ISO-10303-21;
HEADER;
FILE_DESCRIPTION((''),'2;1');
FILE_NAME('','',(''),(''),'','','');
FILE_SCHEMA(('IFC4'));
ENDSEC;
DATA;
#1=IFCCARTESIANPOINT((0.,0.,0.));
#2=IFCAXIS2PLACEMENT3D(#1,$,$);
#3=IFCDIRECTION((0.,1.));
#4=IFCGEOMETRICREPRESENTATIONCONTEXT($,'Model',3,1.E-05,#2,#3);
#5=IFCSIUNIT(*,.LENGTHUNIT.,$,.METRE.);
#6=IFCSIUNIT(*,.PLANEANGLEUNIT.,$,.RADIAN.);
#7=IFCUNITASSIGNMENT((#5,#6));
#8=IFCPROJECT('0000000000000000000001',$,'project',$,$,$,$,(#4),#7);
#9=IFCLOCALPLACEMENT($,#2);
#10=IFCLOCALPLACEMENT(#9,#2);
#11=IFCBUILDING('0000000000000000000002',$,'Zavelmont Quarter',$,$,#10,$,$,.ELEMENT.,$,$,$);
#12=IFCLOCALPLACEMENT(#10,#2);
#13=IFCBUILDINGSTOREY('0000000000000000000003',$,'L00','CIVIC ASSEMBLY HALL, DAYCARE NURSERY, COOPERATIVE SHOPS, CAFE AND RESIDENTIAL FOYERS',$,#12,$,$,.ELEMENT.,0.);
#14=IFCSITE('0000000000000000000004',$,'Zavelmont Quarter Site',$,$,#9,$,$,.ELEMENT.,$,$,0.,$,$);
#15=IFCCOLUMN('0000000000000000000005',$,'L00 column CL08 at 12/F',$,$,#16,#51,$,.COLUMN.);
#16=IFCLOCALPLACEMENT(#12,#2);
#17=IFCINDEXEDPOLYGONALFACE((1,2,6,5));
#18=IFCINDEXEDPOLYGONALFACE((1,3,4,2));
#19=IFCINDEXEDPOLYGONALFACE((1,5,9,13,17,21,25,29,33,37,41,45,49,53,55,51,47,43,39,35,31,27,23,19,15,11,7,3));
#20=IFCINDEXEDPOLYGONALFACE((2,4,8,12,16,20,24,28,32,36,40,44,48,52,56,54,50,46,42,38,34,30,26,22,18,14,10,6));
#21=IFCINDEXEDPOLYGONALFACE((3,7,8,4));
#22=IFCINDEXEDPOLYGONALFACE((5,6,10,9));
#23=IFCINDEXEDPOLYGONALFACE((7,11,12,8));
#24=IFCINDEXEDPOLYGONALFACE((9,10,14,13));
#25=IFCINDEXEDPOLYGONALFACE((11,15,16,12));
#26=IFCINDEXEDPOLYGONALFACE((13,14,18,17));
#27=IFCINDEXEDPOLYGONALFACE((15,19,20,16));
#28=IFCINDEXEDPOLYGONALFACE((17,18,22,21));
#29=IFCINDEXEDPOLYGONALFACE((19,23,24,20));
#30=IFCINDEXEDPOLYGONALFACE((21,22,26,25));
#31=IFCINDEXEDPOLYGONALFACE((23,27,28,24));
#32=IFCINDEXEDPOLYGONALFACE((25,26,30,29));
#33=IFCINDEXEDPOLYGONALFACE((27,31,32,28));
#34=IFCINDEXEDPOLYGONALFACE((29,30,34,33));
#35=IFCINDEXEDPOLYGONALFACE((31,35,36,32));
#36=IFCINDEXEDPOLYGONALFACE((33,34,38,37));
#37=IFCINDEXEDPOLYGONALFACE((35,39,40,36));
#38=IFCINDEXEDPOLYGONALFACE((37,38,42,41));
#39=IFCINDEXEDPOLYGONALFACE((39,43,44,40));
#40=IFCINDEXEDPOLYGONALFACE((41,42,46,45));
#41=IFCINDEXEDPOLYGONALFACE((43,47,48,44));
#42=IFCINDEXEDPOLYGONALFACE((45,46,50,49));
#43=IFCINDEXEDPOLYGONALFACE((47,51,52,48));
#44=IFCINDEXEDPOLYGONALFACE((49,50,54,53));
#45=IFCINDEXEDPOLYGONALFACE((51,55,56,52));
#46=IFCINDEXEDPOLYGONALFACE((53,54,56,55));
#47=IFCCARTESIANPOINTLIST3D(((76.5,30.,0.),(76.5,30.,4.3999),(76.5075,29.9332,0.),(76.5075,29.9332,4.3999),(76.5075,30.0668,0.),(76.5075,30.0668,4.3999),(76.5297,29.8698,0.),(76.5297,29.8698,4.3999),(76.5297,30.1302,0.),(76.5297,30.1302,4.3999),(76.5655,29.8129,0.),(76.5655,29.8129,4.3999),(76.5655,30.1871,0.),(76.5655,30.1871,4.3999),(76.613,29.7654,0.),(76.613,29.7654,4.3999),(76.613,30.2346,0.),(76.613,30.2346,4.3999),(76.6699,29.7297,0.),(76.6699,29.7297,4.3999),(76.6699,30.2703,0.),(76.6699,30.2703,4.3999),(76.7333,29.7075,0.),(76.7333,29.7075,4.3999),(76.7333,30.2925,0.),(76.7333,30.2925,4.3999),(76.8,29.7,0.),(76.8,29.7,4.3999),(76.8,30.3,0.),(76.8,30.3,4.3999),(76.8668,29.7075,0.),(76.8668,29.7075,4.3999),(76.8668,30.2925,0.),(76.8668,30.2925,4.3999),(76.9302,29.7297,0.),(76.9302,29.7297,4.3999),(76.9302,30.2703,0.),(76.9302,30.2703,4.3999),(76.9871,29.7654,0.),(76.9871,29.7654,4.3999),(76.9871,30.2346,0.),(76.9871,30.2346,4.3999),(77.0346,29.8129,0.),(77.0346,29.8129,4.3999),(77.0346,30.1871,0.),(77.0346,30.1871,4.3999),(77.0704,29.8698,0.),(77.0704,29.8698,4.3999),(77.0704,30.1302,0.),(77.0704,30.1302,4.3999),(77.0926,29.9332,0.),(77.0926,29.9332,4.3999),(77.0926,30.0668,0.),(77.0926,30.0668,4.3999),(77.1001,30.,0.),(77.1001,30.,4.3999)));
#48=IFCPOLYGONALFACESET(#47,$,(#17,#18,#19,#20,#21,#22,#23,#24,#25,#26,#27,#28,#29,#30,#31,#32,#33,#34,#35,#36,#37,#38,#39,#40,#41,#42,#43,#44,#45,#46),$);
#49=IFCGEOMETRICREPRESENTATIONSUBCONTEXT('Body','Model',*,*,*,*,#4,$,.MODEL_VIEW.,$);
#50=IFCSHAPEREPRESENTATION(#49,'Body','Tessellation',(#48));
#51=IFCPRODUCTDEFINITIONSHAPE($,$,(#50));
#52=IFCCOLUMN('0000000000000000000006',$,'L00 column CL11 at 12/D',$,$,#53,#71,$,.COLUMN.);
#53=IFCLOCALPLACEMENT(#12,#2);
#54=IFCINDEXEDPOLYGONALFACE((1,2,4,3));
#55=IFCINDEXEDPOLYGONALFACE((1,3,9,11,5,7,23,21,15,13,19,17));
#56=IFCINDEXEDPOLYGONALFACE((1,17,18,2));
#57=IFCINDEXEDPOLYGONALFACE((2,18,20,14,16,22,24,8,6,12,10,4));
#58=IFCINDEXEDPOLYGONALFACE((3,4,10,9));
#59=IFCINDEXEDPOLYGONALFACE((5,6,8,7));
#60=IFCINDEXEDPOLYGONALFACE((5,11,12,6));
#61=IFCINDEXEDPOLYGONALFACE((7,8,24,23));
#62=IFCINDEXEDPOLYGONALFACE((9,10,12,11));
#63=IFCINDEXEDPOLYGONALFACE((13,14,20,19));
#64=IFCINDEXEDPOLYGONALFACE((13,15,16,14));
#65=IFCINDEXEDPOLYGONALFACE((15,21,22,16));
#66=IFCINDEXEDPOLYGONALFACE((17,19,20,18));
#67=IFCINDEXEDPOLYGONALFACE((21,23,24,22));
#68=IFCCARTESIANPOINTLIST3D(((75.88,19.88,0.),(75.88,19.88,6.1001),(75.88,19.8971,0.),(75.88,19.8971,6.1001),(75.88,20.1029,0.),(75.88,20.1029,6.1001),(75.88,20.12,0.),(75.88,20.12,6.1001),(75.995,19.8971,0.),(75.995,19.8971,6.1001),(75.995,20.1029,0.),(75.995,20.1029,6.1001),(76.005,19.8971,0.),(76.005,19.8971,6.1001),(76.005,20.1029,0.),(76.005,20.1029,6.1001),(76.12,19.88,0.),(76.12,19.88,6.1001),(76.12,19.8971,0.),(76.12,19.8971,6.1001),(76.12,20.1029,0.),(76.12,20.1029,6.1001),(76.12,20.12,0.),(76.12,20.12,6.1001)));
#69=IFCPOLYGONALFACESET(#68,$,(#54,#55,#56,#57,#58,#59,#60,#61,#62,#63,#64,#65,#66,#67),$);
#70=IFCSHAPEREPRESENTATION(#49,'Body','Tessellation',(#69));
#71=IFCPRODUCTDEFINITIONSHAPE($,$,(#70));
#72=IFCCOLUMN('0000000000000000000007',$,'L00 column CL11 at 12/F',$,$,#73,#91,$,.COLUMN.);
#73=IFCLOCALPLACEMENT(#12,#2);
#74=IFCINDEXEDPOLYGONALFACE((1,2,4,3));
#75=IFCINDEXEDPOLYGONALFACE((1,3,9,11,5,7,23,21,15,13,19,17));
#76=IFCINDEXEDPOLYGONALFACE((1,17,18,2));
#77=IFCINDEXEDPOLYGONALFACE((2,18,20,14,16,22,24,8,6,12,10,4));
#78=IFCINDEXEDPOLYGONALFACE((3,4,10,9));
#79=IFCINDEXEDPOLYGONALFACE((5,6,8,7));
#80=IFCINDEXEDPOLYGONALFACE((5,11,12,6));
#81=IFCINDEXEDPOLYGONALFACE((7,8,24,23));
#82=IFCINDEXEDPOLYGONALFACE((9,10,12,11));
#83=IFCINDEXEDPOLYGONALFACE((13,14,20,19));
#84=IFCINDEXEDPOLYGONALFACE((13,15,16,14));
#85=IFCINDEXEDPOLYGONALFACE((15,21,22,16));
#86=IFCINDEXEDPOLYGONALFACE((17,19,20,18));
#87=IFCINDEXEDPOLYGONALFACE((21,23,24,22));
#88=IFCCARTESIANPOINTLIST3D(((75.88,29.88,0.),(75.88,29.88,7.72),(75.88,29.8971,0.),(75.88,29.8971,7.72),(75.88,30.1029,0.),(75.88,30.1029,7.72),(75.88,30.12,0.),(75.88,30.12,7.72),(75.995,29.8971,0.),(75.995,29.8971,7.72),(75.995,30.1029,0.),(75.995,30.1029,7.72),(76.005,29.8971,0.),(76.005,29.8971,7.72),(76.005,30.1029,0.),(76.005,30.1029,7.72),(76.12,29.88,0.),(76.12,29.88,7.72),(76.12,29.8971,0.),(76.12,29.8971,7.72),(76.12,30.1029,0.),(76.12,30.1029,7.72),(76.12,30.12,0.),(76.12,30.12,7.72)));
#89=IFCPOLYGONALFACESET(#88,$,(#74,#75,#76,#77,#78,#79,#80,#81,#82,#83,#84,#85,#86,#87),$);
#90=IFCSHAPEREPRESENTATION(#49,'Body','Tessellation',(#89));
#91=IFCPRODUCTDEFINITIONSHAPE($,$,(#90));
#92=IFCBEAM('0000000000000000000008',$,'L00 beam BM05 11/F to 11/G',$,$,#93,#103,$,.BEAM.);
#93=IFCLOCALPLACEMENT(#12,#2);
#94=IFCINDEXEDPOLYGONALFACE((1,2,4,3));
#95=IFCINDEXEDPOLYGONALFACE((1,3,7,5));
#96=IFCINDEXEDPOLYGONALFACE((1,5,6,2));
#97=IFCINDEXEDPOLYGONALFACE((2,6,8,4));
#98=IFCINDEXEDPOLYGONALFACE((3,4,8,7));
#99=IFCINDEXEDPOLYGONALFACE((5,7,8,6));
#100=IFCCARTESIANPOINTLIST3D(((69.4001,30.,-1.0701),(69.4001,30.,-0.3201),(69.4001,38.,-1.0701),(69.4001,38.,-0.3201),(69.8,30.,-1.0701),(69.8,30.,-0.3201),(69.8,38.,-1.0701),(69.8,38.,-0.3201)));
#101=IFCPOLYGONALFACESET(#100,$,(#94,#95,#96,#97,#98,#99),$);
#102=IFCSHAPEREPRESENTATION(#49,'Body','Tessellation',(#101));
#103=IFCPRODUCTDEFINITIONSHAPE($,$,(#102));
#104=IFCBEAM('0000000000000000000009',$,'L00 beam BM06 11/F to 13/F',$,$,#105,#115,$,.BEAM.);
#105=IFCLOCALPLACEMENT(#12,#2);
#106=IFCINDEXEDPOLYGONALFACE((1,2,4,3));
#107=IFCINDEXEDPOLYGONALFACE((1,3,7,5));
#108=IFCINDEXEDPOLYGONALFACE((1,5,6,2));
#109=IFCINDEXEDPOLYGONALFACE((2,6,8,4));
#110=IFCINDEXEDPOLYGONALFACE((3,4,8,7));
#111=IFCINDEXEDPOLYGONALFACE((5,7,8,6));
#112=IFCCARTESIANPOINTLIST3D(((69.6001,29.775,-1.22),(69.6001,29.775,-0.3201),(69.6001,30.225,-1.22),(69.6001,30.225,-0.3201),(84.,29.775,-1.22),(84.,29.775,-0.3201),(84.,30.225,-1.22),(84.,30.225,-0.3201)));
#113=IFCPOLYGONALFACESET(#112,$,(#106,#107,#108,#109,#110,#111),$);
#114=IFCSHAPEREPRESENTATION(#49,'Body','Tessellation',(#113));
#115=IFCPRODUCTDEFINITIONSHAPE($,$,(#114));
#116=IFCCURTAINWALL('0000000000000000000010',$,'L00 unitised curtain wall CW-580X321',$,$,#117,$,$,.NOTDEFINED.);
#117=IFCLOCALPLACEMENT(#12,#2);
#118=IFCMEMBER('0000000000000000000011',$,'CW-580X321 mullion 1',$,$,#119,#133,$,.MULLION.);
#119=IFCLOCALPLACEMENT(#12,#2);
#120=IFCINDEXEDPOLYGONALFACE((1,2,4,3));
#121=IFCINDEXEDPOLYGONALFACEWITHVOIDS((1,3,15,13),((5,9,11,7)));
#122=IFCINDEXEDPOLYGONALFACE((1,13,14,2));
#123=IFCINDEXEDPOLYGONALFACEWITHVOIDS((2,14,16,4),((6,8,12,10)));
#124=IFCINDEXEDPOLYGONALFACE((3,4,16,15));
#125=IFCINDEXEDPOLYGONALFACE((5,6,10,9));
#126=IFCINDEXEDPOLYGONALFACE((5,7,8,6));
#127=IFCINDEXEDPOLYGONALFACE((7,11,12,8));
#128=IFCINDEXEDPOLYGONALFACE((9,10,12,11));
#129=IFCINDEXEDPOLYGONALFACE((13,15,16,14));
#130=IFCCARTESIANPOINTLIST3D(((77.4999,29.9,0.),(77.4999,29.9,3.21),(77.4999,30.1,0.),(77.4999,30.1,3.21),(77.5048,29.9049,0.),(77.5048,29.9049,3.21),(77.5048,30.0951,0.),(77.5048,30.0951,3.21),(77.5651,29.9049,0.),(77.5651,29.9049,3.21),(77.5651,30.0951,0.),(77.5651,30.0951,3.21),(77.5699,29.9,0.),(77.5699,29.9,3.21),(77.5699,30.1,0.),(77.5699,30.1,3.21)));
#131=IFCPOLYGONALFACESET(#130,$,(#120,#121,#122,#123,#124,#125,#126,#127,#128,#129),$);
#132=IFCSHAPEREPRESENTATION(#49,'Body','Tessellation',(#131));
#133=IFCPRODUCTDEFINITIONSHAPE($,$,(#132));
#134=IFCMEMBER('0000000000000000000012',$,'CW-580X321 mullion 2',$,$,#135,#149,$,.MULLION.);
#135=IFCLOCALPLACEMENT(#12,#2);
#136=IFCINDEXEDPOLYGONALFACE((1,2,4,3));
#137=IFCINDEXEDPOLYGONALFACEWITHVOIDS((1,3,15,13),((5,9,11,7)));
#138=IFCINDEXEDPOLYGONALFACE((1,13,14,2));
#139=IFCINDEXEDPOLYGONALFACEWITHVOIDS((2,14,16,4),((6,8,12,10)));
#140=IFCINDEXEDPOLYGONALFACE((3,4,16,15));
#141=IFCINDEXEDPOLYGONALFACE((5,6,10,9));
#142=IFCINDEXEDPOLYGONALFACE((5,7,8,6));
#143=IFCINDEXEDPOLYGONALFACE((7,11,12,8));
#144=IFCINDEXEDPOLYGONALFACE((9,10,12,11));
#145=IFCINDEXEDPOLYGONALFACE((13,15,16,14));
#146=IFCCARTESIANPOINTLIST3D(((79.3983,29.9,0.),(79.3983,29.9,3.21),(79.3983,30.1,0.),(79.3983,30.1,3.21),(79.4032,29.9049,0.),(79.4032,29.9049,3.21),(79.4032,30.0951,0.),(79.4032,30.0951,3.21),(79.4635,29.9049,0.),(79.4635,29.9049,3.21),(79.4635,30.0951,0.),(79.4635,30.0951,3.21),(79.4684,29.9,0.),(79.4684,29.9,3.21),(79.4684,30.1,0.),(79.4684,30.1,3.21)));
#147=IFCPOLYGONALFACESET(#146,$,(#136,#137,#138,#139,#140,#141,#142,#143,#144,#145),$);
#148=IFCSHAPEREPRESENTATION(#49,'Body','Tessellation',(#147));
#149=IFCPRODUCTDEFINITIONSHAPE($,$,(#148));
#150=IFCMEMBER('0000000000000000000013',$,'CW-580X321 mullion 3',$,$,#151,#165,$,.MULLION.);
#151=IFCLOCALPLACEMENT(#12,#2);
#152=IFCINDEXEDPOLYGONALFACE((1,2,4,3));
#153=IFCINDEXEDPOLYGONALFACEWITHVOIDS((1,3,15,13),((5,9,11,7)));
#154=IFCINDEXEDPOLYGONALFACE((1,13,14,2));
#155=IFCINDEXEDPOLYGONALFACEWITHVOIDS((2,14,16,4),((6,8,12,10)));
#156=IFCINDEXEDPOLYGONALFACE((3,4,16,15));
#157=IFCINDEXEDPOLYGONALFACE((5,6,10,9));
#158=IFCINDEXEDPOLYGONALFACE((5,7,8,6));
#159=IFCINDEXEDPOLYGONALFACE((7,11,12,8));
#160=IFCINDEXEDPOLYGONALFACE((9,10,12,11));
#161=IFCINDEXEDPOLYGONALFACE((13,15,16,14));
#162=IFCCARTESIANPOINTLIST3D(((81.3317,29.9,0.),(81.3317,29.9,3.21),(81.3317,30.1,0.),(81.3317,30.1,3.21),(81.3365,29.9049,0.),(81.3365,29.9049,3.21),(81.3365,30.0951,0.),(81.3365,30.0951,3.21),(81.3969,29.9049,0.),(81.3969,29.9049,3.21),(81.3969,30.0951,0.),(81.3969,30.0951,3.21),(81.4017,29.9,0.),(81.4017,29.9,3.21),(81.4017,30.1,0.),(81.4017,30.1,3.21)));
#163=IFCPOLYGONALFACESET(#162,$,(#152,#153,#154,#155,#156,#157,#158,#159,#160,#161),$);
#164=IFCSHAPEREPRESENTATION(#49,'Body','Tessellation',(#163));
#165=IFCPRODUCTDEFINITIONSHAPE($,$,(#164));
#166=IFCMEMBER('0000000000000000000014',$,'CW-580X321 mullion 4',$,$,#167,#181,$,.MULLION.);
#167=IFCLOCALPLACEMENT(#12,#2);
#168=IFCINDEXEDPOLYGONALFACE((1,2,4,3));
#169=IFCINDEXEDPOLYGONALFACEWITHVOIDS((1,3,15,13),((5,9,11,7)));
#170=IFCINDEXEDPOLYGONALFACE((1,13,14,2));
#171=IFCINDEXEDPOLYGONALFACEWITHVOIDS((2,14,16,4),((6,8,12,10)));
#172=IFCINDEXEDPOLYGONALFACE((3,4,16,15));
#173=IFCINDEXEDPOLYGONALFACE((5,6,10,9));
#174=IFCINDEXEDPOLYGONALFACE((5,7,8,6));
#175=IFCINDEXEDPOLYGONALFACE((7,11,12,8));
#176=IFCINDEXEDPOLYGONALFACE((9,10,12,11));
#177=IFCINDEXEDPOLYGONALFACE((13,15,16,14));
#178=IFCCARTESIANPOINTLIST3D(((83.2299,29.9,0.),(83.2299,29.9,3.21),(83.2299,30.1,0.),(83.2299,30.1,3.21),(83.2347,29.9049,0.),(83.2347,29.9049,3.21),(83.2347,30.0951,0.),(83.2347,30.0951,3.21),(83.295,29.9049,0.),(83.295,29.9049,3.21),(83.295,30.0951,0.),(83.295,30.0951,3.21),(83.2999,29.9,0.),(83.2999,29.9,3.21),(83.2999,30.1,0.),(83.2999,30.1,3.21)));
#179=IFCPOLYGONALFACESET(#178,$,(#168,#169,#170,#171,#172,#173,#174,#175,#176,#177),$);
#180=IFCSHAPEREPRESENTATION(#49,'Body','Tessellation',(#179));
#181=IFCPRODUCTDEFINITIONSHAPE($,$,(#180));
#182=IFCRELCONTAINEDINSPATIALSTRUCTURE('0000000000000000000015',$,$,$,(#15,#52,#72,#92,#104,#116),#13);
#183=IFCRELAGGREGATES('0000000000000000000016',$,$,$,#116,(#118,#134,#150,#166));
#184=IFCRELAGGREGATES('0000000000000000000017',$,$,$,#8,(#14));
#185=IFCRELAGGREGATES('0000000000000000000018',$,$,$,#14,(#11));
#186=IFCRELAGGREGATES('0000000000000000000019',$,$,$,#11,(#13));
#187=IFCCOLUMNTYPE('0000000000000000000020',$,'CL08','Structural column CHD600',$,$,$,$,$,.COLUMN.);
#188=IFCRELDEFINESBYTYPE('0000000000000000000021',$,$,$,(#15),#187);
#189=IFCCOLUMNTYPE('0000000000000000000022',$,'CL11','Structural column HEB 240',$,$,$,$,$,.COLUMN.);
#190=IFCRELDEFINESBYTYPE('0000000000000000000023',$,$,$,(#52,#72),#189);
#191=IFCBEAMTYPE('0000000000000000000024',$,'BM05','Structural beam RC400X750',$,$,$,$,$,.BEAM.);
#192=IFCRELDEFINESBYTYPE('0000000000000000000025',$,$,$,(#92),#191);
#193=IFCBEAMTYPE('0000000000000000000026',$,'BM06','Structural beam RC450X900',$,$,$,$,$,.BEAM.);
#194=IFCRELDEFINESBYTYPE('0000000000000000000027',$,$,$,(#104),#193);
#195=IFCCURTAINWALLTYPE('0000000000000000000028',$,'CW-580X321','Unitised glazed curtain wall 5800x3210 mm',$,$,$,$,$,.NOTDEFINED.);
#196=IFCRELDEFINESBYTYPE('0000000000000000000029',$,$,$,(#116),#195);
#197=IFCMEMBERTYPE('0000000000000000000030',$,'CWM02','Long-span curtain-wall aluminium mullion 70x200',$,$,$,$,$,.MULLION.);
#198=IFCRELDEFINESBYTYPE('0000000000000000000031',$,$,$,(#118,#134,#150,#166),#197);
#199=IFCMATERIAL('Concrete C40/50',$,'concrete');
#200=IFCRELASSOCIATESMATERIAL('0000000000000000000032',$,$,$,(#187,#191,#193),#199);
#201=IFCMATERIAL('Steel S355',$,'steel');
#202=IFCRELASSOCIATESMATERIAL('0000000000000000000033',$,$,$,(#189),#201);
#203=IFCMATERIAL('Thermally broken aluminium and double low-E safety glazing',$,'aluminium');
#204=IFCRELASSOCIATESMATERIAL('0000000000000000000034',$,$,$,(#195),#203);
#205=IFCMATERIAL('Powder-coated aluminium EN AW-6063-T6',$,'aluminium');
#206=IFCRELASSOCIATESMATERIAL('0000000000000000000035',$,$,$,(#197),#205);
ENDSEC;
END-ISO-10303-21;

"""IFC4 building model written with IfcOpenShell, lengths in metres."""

from ifc_helpers import new_model, si_unit, direction, frame, origin, origin_2d, place, context, subcontext, project, spatial, rectangle, hollow_rectangle, circle, i_section, extrude, material, material_profile, profile_set, type_object, element, aggregate, save


model = new_model("IFC4")

# Units and contexts
model_context = context("Model", 3, precision=1e-05, world=origin(), true_north=direction((0.0, 1.0)))
body_context = subcontext(model_context, "Body", "Model", "MODEL_VIEW")
ifc_project = project(units=[si_unit("LENGTHUNIT", "METRE"), si_unit("PLANEANGLEUNIT", "RADIAN")], contexts=[model_context])

# Site, building, storey
site_placement = place(None, origin())
site = spatial("IfcSite", under=ifc_project, at=site_placement, Name="Zavelmont Quarter Site", CompositionType="ELEMENT", RefElevation=0.0)
building_placement = place(site_placement, origin())
building = spatial("IfcBuilding", under=site, at=building_placement, Name="Zavelmont Quarter", CompositionType="ELEMENT")
storey_placement = place(building_placement, origin())
storey = spatial("IfcBuildingStorey", under=building, at=storey_placement, Name="L00", Description="CIVIC ASSEMBLY HALL, DAYCARE NURSERY, COOPERATIVE SHOPS, CAFE AND RESIDENTIAL FOYERS", CompositionType="ELEMENT", Elevation=0.0)

# Columns
ifc_material_1 = material(Name="Concrete C40/50", Category="concrete")
ifc_material_profile_1 = material_profile(ifc_material_1, circle(Radius=0.3, at=origin_2d()), Name="CHD600")
ifc_profile_set_1 = profile_set([ifc_material_profile_1], Name="Concrete C40/50")
column_type_1 = type_object("IfcColumnType", Name="CL08", Description="Structural column CHD600", PredefinedType="COLUMN", material=ifc_profile_set_1)
column_1_placement = place(storey_placement, frame((76.8, 30.0, 0.0), z_axis=(0.0, 0.0, 1.0), x_axis=(1.0, 0.0, 0.0)))
element("IfcColumn", 1, at=column_1_placement, inside=storey, type_object=column_type_1, Name="L00 column CL08 at 12/F", PredefinedType="COLUMN", context=body_context, shape_type="SweptSolid", body=[
    extrude(circle(Radius=0.3, at=origin_2d()), origin(), (0.0, 0.0, 1.0), 4.3999),
])
ifc_material_2 = material(Name="Steel S355", Category="steel")
ifc_material_profile_2 = material_profile(ifc_material_2, i_section(OverallWidth=0.24, OverallDepth=0.24, WebThickness=0.01, FlangeThickness=0.0171, at=origin_2d()), Name="HEB 240")
ifc_profile_set_2 = profile_set([ifc_material_profile_2], Name="Steel S355")
column_type_2 = type_object("IfcColumnType", Name="CL11", Description="Structural column HEB 240", PredefinedType="COLUMN", material=ifc_profile_set_2)
column_2_placement = place(storey_placement, frame((76.0, 20.0, 0.0), z_axis=(0.0, 0.0, 1.0), x_axis=(1.0, 0.0, 0.0)))
element("IfcColumn", 2, at=column_2_placement, inside=storey, type_object=column_type_2, Name="L00 column CL11 at 12/D", PredefinedType="COLUMN", context=body_context, shape_type="SweptSolid", body=[
    extrude(i_section(OverallWidth=0.24, OverallDepth=0.24, WebThickness=0.01, FlangeThickness=0.0171, at=origin_2d()), origin(), (0.0, 0.0, 1.0), 6.1001),
])
column_3_placement = place(storey_placement, frame((76.0, 30.0, 0.0), z_axis=(0.0, 0.0, 1.0), x_axis=(1.0, 0.0, 0.0)))
element("IfcColumn", 3, at=column_3_placement, inside=storey, type_object=column_type_2, Name="L00 column CL11 at 12/F", PredefinedType="COLUMN", context=body_context, shape_type="SweptSolid", body=[
    extrude(i_section(OverallWidth=0.24, OverallDepth=0.24, WebThickness=0.01, FlangeThickness=0.0171, at=origin_2d()), origin(), (0.0, 0.0, 1.0), 7.72),
])

# Beams
ifc_material_profile_3 = material_profile(ifc_material_1, rectangle(XDim=0.3999, YDim=0.75, at=origin_2d()), Name="RC400X750")
ifc_profile_set_3 = profile_set([ifc_material_profile_3], Name="Concrete C40/50")
beam_type_1 = type_object("IfcBeamType", Name="BM05", Description="Structural beam RC400X750", PredefinedType="BEAM", material=ifc_profile_set_3)
beam_1_placement = place(storey_placement, frame((69.6001, 30.0, -0.6951), z_axis=(0.0, 1.0, 0.0), x_axis=(-1.0, 0.0, 0.0)))
element("IfcBeam", 4, at=beam_1_placement, inside=storey, type_object=beam_type_1, Name="L00 beam BM05 11/F to 11/G", PredefinedType="BEAM", context=body_context, shape_type="SweptSolid", body=[
    extrude(rectangle(XDim=0.3999, YDim=0.75, at=origin_2d()), origin(), (0.0, 0.0, 1.0), 8.0),
])
ifc_material_profile_4 = material_profile(ifc_material_1, rectangle(XDim=0.45, YDim=0.8999, at=origin_2d()), Name="RC450X900")
ifc_profile_set_4 = profile_set([ifc_material_profile_4], Name="Concrete C40/50")
beam_type_2 = type_object("IfcBeamType", Name="BM06", Description="Structural beam RC450X900", PredefinedType="BEAM", material=ifc_profile_set_4)
beam_2_placement = place(storey_placement, frame((69.6001, 30.0, -0.77), z_axis=(1.0, 0.0, 0.0), x_axis=(0.0, 1.0, 0.0)))
element("IfcBeam", 5, at=beam_2_placement, inside=storey, type_object=beam_type_2, Name="L00 beam BM06 11/F to 13/F", PredefinedType="BEAM", context=body_context, shape_type="SweptSolid", body=[
    extrude(rectangle(XDim=0.45, YDim=0.8999, at=origin_2d()), origin(), (0.0, 0.0, 1.0), 14.3999),
])

# Curtain wall, members
ifc_material_3 = material(Name="Thermally broken aluminium and double low-E safety glazing", Category="aluminium")
curtain_wall_type = type_object("IfcCurtainWallType", Name="CW-580X321", Description="Unitised glazed curtain wall 5800x3210 mm", PredefinedType="NOTDEFINED", material=ifc_material_3)
curtain_wall_placement = place(storey_placement, origin())
curtain_wall = element("IfcCurtainWall", 6, at=curtain_wall_placement, inside=storey, type_object=curtain_wall_type, Name="L00 unitised curtain wall CW-580X321", PredefinedType="NOTDEFINED")
ifc_material_4 = material(Name="Powder-coated aluminium EN AW-6063-T6", Category="aluminium")
ifc_material_profile_5 = material_profile(ifc_material_4, hollow_rectangle(XDim=0.0701, YDim=0.2, WallThickness=0.0049, at=origin_2d()), Name="CWM70X200")
ifc_profile_set_5 = profile_set([ifc_material_profile_5], Name="Powder-coated aluminium EN AW-6063-T6")
member_type_1 = type_object("IfcMemberType", Name="CWM02", Description="Long-span curtain-wall aluminium mullion 70x200", PredefinedType="MULLION", material=ifc_profile_set_5)
member_1_placement = place(storey_placement, frame((77.5349, 30.0, 0.0), z_axis=(0.0, 0.0, 1.0), x_axis=(1.0, 0.0, 0.0)))
member_1 = element("IfcMember", 7, at=member_1_placement, type_object=member_type_1, Name="CW-580X321 mullion 1", PredefinedType="MULLION", context=body_context, shape_type="SweptSolid", body=[
    extrude(hollow_rectangle(XDim=0.0701, YDim=0.2, WallThickness=0.0049, at=origin_2d()), origin(), (0.0, 0.0, 1.0), 3.21),
])
member_2_placement = place(storey_placement, frame((79.4333, 30.0, 0.0), z_axis=(0.0, 0.0, 1.0), x_axis=(1.0, 0.0, 0.0)))
member_2 = element("IfcMember", 8, at=member_2_placement, type_object=member_type_1, Name="CW-580X321 mullion 2", PredefinedType="MULLION", context=body_context, shape_type="SweptSolid", body=[
    extrude(hollow_rectangle(XDim=0.0701, YDim=0.2, WallThickness=0.0049, at=origin_2d()), origin(), (0.0, 0.0, 1.0), 3.21),
])
member_3_placement = place(storey_placement, frame((81.3667, 30.0, 0.0), z_axis=(0.0, 0.0, 1.0), x_axis=(1.0, 0.0, 0.0)))
member_3 = element("IfcMember", 9, at=member_3_placement, type_object=member_type_1, Name="CW-580X321 mullion 3", PredefinedType="MULLION", context=body_context, shape_type="SweptSolid", body=[
    extrude(hollow_rectangle(XDim=0.0701, YDim=0.2, WallThickness=0.0049, at=origin_2d()), origin(), (0.0, 0.0, 1.0), 3.21),
])
member_4_placement = place(storey_placement, frame((83.2649, 30.0, 0.0), z_axis=(0.0, 0.0, 1.0), x_axis=(1.0, 0.0, 0.0)))
member_4 = element("IfcMember", 10, at=member_4_placement, type_object=member_type_1, Name="CW-580X321 mullion 4", PredefinedType="MULLION", context=body_context, shape_type="SweptSolid", body=[
    extrude(hollow_rectangle(XDim=0.0701, YDim=0.2, WallThickness=0.0049, at=origin_2d()), origin(), (0.0, 0.0, 1.0), 3.21),
])
aggregate(curtain_wall, [member_1, member_2, member_3, member_4])

save(model, "model.ifc")
